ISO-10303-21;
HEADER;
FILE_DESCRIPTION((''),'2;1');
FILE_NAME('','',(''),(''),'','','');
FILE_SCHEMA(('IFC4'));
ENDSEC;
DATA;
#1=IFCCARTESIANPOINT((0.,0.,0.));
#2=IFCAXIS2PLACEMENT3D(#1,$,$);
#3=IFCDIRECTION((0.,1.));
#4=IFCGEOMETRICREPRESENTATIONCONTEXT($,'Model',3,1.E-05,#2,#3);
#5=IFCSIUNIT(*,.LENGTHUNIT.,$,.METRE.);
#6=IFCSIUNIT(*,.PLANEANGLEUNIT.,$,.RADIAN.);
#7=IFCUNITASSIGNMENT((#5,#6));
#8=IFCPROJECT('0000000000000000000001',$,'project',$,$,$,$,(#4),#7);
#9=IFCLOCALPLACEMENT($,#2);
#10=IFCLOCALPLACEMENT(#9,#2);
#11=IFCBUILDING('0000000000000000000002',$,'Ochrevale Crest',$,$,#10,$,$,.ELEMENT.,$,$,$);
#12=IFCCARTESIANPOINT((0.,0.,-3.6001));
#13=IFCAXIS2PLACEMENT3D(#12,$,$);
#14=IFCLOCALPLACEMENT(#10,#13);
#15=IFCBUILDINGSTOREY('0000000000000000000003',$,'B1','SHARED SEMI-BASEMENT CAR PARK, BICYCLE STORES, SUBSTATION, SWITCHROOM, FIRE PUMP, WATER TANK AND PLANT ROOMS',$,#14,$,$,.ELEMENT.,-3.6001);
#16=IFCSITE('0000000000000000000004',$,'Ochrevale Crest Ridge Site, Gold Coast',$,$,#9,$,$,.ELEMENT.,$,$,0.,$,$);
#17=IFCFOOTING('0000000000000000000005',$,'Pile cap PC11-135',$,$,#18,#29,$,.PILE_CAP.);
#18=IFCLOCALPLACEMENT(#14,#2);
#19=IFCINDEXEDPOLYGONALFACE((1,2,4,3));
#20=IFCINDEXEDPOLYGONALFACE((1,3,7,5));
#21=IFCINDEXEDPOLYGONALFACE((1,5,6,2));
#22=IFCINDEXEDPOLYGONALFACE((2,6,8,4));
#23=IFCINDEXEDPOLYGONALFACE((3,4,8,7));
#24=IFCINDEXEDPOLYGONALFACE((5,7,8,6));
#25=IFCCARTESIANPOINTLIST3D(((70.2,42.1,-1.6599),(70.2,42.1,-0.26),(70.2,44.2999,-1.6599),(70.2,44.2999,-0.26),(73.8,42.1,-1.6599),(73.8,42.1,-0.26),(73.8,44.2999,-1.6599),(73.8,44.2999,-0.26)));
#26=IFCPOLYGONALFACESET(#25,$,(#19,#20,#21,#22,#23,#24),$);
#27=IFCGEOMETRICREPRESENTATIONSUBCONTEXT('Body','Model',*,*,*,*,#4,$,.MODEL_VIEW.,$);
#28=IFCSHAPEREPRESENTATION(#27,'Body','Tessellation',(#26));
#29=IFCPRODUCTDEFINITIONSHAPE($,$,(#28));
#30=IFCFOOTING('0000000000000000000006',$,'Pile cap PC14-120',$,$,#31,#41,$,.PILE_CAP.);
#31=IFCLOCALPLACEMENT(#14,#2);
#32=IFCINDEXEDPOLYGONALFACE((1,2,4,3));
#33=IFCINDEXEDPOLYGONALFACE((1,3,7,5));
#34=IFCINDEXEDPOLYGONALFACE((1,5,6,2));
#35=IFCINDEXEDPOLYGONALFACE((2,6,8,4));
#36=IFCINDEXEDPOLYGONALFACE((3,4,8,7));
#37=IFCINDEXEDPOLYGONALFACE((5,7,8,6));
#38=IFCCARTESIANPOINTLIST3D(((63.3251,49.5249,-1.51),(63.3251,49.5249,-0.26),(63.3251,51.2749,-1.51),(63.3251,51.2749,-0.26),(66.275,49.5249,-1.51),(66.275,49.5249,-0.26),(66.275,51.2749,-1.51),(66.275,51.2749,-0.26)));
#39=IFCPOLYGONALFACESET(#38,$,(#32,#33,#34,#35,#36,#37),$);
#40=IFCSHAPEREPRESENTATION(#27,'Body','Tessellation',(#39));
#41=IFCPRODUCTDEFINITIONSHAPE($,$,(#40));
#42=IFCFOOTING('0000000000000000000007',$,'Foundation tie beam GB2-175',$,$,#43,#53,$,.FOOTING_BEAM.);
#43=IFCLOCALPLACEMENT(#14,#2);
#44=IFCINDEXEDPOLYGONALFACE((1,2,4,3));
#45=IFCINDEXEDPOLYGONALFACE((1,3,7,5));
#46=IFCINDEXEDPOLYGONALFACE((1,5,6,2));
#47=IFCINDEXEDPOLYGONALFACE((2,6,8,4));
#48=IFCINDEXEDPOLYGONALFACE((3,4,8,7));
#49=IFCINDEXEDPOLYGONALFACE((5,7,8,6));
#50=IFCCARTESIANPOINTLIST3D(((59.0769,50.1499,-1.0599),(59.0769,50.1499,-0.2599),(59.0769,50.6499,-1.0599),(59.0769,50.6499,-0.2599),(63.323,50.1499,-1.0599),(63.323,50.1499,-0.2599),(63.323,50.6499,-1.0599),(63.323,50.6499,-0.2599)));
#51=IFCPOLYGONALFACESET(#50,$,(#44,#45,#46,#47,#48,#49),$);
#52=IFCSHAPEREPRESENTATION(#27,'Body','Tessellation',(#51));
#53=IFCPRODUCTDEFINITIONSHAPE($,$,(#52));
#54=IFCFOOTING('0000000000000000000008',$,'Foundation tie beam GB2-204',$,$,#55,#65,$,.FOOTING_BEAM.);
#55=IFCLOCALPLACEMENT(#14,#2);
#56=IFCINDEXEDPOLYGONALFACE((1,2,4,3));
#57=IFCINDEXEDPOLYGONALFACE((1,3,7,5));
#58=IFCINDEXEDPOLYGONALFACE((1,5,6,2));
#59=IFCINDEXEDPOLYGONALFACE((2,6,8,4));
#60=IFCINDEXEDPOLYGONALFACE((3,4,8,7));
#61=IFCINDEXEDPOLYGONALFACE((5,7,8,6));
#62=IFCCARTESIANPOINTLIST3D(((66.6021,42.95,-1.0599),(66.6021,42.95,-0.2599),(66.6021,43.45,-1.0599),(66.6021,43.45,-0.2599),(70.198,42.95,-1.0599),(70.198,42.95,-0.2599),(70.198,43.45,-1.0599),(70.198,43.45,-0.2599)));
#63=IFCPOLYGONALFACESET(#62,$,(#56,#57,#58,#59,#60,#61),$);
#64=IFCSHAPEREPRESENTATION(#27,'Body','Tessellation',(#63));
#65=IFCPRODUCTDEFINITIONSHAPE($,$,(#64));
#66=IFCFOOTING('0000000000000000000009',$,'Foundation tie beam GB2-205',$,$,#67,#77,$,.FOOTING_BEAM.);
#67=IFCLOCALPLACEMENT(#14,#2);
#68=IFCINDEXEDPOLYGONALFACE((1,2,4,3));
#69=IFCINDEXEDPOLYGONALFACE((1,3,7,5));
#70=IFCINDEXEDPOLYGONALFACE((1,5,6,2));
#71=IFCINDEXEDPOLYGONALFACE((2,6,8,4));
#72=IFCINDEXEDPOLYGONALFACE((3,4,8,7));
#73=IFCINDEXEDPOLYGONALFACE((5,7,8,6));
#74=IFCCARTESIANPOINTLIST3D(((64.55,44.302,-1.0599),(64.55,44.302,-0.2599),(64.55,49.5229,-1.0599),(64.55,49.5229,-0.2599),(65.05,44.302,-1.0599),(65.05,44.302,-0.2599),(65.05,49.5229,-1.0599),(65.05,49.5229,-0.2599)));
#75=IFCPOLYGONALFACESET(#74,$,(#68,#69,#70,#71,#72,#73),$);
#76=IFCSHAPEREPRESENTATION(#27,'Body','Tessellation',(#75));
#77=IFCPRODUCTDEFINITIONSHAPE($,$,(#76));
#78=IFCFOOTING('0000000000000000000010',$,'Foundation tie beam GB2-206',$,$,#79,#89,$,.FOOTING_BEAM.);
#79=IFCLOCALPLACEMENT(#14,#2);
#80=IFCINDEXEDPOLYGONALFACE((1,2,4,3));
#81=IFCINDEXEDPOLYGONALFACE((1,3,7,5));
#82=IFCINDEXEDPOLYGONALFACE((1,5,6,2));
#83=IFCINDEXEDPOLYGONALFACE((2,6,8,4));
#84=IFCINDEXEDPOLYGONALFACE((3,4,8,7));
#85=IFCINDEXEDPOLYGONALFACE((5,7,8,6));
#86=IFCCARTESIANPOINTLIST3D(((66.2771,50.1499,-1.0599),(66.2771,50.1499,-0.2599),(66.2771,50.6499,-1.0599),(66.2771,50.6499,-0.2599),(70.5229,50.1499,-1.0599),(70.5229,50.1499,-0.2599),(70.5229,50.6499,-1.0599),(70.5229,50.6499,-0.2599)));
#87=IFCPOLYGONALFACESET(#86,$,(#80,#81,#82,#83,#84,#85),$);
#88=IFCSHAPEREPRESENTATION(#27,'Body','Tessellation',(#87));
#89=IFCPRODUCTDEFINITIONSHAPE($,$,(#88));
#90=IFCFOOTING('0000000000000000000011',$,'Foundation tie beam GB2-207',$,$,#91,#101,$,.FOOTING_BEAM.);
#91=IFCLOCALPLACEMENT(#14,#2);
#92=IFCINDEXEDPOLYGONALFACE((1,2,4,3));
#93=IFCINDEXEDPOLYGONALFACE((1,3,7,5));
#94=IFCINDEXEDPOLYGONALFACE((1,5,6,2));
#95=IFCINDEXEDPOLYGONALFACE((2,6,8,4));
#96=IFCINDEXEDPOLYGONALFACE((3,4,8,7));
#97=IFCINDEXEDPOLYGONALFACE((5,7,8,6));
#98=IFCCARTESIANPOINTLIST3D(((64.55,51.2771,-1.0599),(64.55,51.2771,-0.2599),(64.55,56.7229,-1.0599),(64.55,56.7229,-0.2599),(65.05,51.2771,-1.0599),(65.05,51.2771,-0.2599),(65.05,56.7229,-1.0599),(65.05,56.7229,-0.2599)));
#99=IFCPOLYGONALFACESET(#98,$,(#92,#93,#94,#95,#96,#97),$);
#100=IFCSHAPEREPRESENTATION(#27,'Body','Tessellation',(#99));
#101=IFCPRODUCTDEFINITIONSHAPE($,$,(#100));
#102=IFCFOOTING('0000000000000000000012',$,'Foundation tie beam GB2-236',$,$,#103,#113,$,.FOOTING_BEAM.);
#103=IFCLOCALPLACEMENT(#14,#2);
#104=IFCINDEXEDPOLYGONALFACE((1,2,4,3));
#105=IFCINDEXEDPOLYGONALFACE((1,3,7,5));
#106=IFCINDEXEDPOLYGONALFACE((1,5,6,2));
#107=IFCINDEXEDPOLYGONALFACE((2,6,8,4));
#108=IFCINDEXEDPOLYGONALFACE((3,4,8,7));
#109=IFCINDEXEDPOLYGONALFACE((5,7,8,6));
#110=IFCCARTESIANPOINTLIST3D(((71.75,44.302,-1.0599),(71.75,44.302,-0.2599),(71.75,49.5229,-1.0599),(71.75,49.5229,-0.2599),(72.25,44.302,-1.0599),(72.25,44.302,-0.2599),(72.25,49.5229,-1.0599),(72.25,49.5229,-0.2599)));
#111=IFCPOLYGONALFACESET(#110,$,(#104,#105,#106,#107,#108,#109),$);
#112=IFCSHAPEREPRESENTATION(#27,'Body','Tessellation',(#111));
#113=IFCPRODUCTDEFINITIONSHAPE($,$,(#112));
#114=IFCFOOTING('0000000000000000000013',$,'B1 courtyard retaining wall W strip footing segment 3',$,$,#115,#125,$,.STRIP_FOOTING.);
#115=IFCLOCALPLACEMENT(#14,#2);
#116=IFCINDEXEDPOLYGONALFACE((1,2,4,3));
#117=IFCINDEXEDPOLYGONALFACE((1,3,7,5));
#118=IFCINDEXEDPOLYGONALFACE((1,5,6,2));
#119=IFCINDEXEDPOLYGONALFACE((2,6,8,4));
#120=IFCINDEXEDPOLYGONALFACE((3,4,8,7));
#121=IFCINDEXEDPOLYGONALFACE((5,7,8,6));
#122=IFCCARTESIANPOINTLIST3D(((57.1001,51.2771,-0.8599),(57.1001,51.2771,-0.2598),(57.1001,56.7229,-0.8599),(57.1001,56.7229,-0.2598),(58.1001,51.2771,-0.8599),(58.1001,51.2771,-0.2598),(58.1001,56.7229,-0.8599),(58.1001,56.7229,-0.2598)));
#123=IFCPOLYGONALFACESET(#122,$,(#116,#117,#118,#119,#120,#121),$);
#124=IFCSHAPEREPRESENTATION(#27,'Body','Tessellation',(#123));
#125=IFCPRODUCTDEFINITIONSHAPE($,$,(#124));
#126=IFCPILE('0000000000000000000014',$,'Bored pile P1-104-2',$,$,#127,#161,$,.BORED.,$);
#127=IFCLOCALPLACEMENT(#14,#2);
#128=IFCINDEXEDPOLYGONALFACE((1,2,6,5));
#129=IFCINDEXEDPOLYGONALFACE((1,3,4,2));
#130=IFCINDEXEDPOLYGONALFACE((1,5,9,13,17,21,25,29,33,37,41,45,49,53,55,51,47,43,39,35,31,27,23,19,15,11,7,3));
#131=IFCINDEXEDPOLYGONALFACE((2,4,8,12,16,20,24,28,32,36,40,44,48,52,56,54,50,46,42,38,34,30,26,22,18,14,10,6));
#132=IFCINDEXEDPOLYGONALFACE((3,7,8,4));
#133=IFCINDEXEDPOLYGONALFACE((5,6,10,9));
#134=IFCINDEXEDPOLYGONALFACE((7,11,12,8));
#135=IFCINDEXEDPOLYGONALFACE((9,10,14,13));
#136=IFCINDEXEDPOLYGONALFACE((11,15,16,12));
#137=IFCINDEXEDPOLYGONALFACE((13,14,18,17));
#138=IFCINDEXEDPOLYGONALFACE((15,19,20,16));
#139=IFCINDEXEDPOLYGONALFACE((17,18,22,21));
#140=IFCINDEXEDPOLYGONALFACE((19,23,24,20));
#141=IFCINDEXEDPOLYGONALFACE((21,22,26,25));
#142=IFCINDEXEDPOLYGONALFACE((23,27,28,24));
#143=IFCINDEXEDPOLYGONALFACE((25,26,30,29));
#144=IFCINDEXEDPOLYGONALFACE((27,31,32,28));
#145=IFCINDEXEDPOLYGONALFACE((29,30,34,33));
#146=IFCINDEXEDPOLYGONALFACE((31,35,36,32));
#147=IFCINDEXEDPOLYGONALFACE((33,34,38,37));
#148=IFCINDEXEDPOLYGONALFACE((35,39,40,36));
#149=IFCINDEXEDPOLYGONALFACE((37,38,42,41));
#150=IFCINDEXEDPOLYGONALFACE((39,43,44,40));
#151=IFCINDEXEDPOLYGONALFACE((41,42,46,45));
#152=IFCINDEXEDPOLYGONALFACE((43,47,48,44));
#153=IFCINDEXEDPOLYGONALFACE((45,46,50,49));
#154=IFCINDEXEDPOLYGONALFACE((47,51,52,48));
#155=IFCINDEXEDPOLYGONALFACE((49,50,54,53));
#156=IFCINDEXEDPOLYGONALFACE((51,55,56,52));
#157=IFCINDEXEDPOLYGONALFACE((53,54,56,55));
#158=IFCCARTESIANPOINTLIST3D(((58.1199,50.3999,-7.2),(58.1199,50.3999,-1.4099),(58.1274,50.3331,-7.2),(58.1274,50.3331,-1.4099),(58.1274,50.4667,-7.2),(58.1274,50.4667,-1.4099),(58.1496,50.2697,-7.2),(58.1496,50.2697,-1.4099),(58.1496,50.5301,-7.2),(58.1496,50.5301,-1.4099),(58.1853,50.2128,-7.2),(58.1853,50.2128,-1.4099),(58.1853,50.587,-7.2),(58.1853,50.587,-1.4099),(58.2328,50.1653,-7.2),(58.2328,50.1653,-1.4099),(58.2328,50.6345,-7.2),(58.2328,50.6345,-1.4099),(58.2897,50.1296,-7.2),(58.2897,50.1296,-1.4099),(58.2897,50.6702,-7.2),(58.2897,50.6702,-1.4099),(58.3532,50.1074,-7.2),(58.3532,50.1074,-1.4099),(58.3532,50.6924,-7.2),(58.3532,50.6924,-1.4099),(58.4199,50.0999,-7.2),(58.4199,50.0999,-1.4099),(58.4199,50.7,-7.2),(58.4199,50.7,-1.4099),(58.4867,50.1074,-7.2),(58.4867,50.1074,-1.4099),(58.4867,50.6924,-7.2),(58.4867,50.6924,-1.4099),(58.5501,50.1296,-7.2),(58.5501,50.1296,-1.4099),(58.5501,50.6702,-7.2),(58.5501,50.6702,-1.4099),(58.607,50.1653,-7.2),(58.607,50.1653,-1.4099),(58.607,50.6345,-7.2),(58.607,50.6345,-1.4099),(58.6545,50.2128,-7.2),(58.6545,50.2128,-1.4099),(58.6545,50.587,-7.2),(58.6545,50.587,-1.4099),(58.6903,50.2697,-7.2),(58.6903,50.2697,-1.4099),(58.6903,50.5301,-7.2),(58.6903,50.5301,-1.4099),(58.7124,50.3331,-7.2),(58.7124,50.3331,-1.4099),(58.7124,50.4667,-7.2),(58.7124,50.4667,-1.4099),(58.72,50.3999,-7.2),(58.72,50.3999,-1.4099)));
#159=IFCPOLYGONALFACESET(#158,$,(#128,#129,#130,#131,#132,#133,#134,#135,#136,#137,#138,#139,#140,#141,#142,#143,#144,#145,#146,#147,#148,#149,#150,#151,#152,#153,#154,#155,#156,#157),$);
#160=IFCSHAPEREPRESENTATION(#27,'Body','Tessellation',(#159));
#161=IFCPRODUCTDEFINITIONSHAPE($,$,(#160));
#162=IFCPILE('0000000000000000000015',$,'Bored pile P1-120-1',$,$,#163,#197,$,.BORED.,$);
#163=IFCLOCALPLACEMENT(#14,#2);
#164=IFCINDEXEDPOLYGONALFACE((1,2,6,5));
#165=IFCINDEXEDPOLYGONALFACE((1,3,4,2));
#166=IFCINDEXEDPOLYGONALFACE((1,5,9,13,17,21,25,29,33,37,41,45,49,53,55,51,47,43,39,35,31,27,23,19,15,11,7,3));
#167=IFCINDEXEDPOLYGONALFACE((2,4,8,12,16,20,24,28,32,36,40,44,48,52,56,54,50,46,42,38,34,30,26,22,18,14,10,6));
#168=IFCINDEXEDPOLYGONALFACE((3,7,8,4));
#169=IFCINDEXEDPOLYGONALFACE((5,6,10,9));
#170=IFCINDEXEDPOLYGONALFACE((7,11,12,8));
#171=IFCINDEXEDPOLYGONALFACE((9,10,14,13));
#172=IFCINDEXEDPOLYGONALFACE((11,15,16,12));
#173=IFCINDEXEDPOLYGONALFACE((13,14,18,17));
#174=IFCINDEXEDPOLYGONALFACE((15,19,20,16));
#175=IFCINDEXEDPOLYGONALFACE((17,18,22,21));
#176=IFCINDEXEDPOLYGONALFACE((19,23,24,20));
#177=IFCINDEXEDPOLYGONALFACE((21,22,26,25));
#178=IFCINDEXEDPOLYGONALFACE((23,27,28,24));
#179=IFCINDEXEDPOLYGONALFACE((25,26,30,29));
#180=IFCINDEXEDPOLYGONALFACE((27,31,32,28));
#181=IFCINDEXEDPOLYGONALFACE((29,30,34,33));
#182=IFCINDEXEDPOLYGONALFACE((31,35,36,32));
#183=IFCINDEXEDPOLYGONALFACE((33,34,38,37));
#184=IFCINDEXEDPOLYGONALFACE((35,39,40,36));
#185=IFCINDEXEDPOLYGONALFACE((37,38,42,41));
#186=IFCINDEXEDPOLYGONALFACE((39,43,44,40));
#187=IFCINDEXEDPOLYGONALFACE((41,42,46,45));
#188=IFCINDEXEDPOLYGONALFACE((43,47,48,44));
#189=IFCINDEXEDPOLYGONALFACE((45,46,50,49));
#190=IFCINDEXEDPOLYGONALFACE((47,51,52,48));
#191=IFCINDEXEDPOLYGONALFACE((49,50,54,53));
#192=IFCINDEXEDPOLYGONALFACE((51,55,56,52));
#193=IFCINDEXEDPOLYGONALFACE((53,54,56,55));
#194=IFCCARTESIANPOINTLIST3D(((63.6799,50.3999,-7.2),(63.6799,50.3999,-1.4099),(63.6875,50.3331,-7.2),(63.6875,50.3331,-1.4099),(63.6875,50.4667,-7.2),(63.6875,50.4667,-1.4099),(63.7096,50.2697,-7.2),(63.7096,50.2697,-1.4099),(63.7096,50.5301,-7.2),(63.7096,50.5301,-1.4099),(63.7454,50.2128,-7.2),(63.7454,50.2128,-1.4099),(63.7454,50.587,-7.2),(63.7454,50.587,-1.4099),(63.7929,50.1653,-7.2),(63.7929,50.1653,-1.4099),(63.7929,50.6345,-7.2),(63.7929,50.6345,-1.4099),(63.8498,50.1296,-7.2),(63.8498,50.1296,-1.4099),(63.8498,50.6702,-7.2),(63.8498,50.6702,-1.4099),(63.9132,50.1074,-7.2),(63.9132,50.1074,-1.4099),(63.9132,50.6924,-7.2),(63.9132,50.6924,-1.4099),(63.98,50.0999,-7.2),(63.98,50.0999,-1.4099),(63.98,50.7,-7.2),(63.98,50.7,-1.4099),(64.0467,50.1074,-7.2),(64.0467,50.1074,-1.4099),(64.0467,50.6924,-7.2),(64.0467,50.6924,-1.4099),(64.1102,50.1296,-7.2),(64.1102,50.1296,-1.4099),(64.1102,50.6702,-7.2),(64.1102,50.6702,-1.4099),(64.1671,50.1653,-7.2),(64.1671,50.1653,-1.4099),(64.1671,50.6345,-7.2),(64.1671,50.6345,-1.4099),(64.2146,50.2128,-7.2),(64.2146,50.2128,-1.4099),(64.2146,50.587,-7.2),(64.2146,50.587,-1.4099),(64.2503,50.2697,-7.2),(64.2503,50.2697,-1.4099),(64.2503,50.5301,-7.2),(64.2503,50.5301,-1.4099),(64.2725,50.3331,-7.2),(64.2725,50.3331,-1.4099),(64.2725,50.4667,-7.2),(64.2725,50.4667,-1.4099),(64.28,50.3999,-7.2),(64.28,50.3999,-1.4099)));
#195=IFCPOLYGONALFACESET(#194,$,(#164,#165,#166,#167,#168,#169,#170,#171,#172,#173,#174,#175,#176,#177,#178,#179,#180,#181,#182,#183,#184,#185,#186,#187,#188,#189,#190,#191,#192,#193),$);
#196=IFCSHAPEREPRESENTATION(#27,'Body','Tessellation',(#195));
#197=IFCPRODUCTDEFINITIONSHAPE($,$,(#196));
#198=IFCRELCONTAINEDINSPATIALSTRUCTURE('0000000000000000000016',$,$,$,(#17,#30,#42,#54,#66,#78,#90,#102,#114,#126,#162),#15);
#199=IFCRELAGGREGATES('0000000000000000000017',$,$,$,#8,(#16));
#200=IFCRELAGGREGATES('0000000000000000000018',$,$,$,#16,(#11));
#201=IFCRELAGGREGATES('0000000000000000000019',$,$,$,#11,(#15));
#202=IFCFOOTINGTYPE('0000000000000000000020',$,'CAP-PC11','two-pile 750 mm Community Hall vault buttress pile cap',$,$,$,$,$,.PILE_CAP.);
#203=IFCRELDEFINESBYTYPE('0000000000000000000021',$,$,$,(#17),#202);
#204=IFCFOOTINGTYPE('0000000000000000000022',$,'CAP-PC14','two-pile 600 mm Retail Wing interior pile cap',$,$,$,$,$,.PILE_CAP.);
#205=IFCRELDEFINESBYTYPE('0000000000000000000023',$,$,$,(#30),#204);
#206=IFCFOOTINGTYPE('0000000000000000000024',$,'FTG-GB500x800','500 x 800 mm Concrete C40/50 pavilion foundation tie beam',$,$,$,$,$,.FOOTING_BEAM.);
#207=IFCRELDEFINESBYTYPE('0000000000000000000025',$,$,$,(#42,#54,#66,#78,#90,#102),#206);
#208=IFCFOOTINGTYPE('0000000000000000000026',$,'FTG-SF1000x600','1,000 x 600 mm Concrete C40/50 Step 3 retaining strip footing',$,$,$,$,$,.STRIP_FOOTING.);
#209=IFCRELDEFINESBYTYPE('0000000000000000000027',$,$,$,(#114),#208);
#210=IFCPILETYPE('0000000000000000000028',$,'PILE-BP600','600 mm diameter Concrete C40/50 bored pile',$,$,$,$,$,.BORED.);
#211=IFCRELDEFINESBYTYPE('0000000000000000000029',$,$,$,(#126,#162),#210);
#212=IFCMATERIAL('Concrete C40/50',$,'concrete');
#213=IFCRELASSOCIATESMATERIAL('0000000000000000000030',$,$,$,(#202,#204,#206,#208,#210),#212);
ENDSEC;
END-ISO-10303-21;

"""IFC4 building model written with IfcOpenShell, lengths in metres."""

from ifc_helpers import new_model, si_unit, direction, frame, origin, origin_2d, place, context, subcontext, project, spatial, rectangle, circle, extrude, material, material_profile, profile_set, type_object, element, save


model = new_model("IFC4")

# Units and contexts
model_context = context("Model", 3, precision=1e-05, world=origin(), true_north=direction((0.0, 1.0)))
body_context = subcontext(model_context, "Body", "Model", "MODEL_VIEW")
ifc_project = project(units=[si_unit("LENGTHUNIT", "METRE"), si_unit("PLANEANGLEUNIT", "RADIAN")], contexts=[model_context])

# Site, building, storey
site_placement = place(None, origin())
site = spatial("IfcSite", under=ifc_project, at=site_placement, Name="Ochrevale Crest Ridge Site, Gold Coast", CompositionType="ELEMENT", RefElevation=0.0)
building_placement = place(site_placement, origin())
building = spatial("IfcBuilding", under=site, at=building_placement, Name="Ochrevale Crest", CompositionType="ELEMENT")
storey_placement = place(building_placement, frame((0.0, 0.0, -3.6001)))
storey = spatial("IfcBuildingStorey", under=building, at=storey_placement, Name="B1", Description="SHARED SEMI-BASEMENT CAR PARK, BICYCLE STORES, SUBSTATION, SWITCHROOM, FIRE PUMP, WATER TANK AND PLANT ROOMS", CompositionType="ELEMENT", Elevation=-3.6001)

# Footings
ifc_material_1 = material(Name="Concrete C40/50", Category="concrete")
footing_type_1 = type_object("IfcFootingType", Name="CAP-PC11", Description="two-pile 750 mm Community Hall vault buttress pile cap", PredefinedType="PILE_CAP", material=ifc_material_1)
footing_1_placement = place(storey_placement, frame((72.0, 43.2, -1.6599), z_axis=(0.0, 0.0, 1.0), x_axis=(1.0, 0.0, 0.0)))
element("IfcFooting", 1, at=footing_1_placement, inside=storey, type_object=footing_type_1, Name="Pile cap PC11-135", PredefinedType="PILE_CAP", context=body_context, shape_type="SweptSolid", body=[
    extrude(rectangle(XDim=3.6001, YDim=2.2, at=origin_2d()), origin(), (0.0, 0.0, 1.0), 1.3999),
])
footing_type_2 = type_object("IfcFootingType", Name="CAP-PC14", Description="two-pile 600 mm Retail Wing interior pile cap", PredefinedType="PILE_CAP", material=ifc_material_1)
footing_2_placement = place(storey_placement, frame((64.8, 50.3999, -1.51), z_axis=(0.0, 0.0, 1.0), x_axis=(1.0, 0.0, 0.0)))
element("IfcFooting", 2, at=footing_2_placement, inside=storey, type_object=footing_type_2, Name="Pile cap PC14-120", PredefinedType="PILE_CAP", context=body_context, shape_type="SweptSolid", body=[
    extrude(rectangle(XDim=2.95, YDim=1.75, at=origin_2d()), origin(), (0.0, 0.0, 1.0), 1.25),
])
ifc_material_profile_1 = material_profile(ifc_material_1, rectangle(XDim=0.5, YDim=0.8, at=origin_2d()), Name="GB 500x800")
ifc_profile_set_1 = profile_set([ifc_material_profile_1], Name="Concrete C40/50")
footing_type_3 = type_object("IfcFootingType", Name="FTG-GB500x800", Description="500 x 800 mm Concrete C40/50 pavilion foundation tie beam", PredefinedType="FOOTING_BEAM", material=ifc_profile_set_1)
footing_3_placement = place(storey_placement, frame((59.0769, 50.3999, -0.6599), z_axis=(1.0, 0.0, 0.0), x_axis=(0.0, 1.0, 0.0)))
element("IfcFooting", 3, at=footing_3_placement, inside=storey, type_object=footing_type_3, Name="Foundation tie beam GB2-175", PredefinedType="FOOTING_BEAM", context=body_context, shape_type="SweptSolid", body=[
    extrude(rectangle(XDim=0.5, YDim=0.8, at=origin_2d()), origin(), (0.0, 0.0, 1.0), 4.2461),
])
footing_4_placement = place(storey_placement, frame((66.6021, 43.2, -0.6599), z_axis=(1.0, 0.0, 0.0), x_axis=(0.0, 1.0, 0.0)))
element("IfcFooting", 4, at=footing_4_placement, inside=storey, type_object=footing_type_3, Name="Foundation tie beam GB2-204", PredefinedType="FOOTING_BEAM", context=body_context, shape_type="SweptSolid", body=[
    extrude(rectangle(XDim=0.5, YDim=0.8, at=origin_2d()), origin(), (0.0, 0.0, 1.0), 3.5959),
])
footing_5_placement = place(storey_placement, frame((64.8, 44.302, -0.6599), z_axis=(0.0, 1.0, 0.0), x_axis=(-1.0, 0.0, 0.0)))
element("IfcFooting", 5, at=footing_5_placement, inside=storey, type_object=footing_type_3, Name="Foundation tie beam GB2-205", PredefinedType="FOOTING_BEAM", context=body_context, shape_type="SweptSolid", body=[
    extrude(rectangle(XDim=0.5, YDim=0.8, at=origin_2d()), origin(), (0.0, 0.0, 1.0), 5.2209),
])
footing_6_placement = place(storey_placement, frame((66.2771, 50.3999, -0.6599), z_axis=(1.0, 0.0, 0.0), x_axis=(0.0, 1.0, 0.0)))
element("IfcFooting", 6, at=footing_6_placement, inside=storey, type_object=footing_type_3, Name="Foundation tie beam GB2-206", PredefinedType="FOOTING_BEAM", context=body_context, shape_type="SweptSolid", body=[
    extrude(rectangle(XDim=0.5, YDim=0.8, at=origin_2d()), origin(), (0.0, 0.0, 1.0), 4.2458),
])
footing_7_placement = place(storey_placement, frame((64.8, 51.2771, -0.6599), z_axis=(0.0, 1.0, 0.0), x_axis=(-1.0, 0.0, 0.0)))
element("IfcFooting", 7, at=footing_7_placement, inside=storey, type_object=footing_type_3, Name="Foundation tie beam GB2-207", PredefinedType="FOOTING_BEAM", context=body_context, shape_type="SweptSolid", body=[
    extrude(rectangle(XDim=0.5, YDim=0.8, at=origin_2d()), origin(), (0.0, 0.0, 1.0), 5.4458),
])
footing_8_placement = place(storey_placement, frame((72.0, 44.302, -0.6599), z_axis=(0.0, 1.0, 0.0), x_axis=(-1.0, 0.0, 0.0)))
element("IfcFooting", 8, at=footing_8_placement, inside=storey, type_object=footing_type_3, Name="Foundation tie beam GB2-236", PredefinedType="FOOTING_BEAM", context=body_context, shape_type="SweptSolid", body=[
    extrude(rectangle(XDim=0.5, YDim=0.8, at=origin_2d()), origin(), (0.0, 0.0, 1.0), 5.2209),
])
ifc_material_profile_2 = material_profile(ifc_material_1, rectangle(XDim=1.0, YDim=0.6001, at=origin_2d()), Name="SF 1000x600")
ifc_profile_set_2 = profile_set([ifc_material_profile_2], Name="Concrete C40/50")
footing_type_4 = type_object("IfcFootingType", Name="FTG-SF1000x600", Description="1,000 x 600 mm Concrete C40/50 Step 3 retaining strip footing", PredefinedType="STRIP_FOOTING", material=ifc_profile_set_2)
footing_9_placement = place(storey_placement, frame((57.6001, 51.2771, -0.5598), z_axis=(0.0, 1.0, 0.0), x_axis=(-1.0, 0.0, 0.0)))
element("IfcFooting", 9, at=footing_9_placement, inside=storey, type_object=footing_type_4, Name="B1 courtyard retaining wall W strip footing segment 3", PredefinedType="STRIP_FOOTING", context=body_context, shape_type="SweptSolid", body=[
    extrude(rectangle(XDim=1.0, YDim=0.6001, at=origin_2d()), origin(), (0.0, 0.0, 1.0), 5.4458),
])

# Piles
ifc_material_profile_3 = material_profile(ifc_material_1, circle(Radius=0.3, at=origin_2d()), Name="BORED PILE 600")
ifc_profile_set_3 = profile_set([ifc_material_profile_3], Name="Concrete C40/50")
pile_type_1 = type_object("IfcPileType", Name="PILE-BP600", Description="600 mm diameter Concrete C40/50 bored pile", PredefinedType="BORED", material=ifc_profile_set_3)
for number, where, z_axis, x_axis, name in (
    (10, (58.4199, 50.3999, -1.4099), (0.0, 0.0, -1.0), (1.0, 0.0, 0.0), "Bored pile P1-104-2"),
    (11, (63.98, 50.3999, -1.4099), (0.0, 0.0, -1.0), (1.0, 0.0, 0.0), "Bored pile P1-120-1"),
):
    element("IfcPile", number, at=place(storey_placement, frame(where, z_axis=z_axis, x_axis=x_axis)), inside=storey, type_object=pile_type_1, Name=name, PredefinedType="BORED", context=body_context, shape_type="SweptSolid", body=[
        extrude(circle(Radius=0.3, at=origin_2d()), origin(), (0.0, 0.0, 1.0), 5.79),
    ])

save(model, "model.ifc")
